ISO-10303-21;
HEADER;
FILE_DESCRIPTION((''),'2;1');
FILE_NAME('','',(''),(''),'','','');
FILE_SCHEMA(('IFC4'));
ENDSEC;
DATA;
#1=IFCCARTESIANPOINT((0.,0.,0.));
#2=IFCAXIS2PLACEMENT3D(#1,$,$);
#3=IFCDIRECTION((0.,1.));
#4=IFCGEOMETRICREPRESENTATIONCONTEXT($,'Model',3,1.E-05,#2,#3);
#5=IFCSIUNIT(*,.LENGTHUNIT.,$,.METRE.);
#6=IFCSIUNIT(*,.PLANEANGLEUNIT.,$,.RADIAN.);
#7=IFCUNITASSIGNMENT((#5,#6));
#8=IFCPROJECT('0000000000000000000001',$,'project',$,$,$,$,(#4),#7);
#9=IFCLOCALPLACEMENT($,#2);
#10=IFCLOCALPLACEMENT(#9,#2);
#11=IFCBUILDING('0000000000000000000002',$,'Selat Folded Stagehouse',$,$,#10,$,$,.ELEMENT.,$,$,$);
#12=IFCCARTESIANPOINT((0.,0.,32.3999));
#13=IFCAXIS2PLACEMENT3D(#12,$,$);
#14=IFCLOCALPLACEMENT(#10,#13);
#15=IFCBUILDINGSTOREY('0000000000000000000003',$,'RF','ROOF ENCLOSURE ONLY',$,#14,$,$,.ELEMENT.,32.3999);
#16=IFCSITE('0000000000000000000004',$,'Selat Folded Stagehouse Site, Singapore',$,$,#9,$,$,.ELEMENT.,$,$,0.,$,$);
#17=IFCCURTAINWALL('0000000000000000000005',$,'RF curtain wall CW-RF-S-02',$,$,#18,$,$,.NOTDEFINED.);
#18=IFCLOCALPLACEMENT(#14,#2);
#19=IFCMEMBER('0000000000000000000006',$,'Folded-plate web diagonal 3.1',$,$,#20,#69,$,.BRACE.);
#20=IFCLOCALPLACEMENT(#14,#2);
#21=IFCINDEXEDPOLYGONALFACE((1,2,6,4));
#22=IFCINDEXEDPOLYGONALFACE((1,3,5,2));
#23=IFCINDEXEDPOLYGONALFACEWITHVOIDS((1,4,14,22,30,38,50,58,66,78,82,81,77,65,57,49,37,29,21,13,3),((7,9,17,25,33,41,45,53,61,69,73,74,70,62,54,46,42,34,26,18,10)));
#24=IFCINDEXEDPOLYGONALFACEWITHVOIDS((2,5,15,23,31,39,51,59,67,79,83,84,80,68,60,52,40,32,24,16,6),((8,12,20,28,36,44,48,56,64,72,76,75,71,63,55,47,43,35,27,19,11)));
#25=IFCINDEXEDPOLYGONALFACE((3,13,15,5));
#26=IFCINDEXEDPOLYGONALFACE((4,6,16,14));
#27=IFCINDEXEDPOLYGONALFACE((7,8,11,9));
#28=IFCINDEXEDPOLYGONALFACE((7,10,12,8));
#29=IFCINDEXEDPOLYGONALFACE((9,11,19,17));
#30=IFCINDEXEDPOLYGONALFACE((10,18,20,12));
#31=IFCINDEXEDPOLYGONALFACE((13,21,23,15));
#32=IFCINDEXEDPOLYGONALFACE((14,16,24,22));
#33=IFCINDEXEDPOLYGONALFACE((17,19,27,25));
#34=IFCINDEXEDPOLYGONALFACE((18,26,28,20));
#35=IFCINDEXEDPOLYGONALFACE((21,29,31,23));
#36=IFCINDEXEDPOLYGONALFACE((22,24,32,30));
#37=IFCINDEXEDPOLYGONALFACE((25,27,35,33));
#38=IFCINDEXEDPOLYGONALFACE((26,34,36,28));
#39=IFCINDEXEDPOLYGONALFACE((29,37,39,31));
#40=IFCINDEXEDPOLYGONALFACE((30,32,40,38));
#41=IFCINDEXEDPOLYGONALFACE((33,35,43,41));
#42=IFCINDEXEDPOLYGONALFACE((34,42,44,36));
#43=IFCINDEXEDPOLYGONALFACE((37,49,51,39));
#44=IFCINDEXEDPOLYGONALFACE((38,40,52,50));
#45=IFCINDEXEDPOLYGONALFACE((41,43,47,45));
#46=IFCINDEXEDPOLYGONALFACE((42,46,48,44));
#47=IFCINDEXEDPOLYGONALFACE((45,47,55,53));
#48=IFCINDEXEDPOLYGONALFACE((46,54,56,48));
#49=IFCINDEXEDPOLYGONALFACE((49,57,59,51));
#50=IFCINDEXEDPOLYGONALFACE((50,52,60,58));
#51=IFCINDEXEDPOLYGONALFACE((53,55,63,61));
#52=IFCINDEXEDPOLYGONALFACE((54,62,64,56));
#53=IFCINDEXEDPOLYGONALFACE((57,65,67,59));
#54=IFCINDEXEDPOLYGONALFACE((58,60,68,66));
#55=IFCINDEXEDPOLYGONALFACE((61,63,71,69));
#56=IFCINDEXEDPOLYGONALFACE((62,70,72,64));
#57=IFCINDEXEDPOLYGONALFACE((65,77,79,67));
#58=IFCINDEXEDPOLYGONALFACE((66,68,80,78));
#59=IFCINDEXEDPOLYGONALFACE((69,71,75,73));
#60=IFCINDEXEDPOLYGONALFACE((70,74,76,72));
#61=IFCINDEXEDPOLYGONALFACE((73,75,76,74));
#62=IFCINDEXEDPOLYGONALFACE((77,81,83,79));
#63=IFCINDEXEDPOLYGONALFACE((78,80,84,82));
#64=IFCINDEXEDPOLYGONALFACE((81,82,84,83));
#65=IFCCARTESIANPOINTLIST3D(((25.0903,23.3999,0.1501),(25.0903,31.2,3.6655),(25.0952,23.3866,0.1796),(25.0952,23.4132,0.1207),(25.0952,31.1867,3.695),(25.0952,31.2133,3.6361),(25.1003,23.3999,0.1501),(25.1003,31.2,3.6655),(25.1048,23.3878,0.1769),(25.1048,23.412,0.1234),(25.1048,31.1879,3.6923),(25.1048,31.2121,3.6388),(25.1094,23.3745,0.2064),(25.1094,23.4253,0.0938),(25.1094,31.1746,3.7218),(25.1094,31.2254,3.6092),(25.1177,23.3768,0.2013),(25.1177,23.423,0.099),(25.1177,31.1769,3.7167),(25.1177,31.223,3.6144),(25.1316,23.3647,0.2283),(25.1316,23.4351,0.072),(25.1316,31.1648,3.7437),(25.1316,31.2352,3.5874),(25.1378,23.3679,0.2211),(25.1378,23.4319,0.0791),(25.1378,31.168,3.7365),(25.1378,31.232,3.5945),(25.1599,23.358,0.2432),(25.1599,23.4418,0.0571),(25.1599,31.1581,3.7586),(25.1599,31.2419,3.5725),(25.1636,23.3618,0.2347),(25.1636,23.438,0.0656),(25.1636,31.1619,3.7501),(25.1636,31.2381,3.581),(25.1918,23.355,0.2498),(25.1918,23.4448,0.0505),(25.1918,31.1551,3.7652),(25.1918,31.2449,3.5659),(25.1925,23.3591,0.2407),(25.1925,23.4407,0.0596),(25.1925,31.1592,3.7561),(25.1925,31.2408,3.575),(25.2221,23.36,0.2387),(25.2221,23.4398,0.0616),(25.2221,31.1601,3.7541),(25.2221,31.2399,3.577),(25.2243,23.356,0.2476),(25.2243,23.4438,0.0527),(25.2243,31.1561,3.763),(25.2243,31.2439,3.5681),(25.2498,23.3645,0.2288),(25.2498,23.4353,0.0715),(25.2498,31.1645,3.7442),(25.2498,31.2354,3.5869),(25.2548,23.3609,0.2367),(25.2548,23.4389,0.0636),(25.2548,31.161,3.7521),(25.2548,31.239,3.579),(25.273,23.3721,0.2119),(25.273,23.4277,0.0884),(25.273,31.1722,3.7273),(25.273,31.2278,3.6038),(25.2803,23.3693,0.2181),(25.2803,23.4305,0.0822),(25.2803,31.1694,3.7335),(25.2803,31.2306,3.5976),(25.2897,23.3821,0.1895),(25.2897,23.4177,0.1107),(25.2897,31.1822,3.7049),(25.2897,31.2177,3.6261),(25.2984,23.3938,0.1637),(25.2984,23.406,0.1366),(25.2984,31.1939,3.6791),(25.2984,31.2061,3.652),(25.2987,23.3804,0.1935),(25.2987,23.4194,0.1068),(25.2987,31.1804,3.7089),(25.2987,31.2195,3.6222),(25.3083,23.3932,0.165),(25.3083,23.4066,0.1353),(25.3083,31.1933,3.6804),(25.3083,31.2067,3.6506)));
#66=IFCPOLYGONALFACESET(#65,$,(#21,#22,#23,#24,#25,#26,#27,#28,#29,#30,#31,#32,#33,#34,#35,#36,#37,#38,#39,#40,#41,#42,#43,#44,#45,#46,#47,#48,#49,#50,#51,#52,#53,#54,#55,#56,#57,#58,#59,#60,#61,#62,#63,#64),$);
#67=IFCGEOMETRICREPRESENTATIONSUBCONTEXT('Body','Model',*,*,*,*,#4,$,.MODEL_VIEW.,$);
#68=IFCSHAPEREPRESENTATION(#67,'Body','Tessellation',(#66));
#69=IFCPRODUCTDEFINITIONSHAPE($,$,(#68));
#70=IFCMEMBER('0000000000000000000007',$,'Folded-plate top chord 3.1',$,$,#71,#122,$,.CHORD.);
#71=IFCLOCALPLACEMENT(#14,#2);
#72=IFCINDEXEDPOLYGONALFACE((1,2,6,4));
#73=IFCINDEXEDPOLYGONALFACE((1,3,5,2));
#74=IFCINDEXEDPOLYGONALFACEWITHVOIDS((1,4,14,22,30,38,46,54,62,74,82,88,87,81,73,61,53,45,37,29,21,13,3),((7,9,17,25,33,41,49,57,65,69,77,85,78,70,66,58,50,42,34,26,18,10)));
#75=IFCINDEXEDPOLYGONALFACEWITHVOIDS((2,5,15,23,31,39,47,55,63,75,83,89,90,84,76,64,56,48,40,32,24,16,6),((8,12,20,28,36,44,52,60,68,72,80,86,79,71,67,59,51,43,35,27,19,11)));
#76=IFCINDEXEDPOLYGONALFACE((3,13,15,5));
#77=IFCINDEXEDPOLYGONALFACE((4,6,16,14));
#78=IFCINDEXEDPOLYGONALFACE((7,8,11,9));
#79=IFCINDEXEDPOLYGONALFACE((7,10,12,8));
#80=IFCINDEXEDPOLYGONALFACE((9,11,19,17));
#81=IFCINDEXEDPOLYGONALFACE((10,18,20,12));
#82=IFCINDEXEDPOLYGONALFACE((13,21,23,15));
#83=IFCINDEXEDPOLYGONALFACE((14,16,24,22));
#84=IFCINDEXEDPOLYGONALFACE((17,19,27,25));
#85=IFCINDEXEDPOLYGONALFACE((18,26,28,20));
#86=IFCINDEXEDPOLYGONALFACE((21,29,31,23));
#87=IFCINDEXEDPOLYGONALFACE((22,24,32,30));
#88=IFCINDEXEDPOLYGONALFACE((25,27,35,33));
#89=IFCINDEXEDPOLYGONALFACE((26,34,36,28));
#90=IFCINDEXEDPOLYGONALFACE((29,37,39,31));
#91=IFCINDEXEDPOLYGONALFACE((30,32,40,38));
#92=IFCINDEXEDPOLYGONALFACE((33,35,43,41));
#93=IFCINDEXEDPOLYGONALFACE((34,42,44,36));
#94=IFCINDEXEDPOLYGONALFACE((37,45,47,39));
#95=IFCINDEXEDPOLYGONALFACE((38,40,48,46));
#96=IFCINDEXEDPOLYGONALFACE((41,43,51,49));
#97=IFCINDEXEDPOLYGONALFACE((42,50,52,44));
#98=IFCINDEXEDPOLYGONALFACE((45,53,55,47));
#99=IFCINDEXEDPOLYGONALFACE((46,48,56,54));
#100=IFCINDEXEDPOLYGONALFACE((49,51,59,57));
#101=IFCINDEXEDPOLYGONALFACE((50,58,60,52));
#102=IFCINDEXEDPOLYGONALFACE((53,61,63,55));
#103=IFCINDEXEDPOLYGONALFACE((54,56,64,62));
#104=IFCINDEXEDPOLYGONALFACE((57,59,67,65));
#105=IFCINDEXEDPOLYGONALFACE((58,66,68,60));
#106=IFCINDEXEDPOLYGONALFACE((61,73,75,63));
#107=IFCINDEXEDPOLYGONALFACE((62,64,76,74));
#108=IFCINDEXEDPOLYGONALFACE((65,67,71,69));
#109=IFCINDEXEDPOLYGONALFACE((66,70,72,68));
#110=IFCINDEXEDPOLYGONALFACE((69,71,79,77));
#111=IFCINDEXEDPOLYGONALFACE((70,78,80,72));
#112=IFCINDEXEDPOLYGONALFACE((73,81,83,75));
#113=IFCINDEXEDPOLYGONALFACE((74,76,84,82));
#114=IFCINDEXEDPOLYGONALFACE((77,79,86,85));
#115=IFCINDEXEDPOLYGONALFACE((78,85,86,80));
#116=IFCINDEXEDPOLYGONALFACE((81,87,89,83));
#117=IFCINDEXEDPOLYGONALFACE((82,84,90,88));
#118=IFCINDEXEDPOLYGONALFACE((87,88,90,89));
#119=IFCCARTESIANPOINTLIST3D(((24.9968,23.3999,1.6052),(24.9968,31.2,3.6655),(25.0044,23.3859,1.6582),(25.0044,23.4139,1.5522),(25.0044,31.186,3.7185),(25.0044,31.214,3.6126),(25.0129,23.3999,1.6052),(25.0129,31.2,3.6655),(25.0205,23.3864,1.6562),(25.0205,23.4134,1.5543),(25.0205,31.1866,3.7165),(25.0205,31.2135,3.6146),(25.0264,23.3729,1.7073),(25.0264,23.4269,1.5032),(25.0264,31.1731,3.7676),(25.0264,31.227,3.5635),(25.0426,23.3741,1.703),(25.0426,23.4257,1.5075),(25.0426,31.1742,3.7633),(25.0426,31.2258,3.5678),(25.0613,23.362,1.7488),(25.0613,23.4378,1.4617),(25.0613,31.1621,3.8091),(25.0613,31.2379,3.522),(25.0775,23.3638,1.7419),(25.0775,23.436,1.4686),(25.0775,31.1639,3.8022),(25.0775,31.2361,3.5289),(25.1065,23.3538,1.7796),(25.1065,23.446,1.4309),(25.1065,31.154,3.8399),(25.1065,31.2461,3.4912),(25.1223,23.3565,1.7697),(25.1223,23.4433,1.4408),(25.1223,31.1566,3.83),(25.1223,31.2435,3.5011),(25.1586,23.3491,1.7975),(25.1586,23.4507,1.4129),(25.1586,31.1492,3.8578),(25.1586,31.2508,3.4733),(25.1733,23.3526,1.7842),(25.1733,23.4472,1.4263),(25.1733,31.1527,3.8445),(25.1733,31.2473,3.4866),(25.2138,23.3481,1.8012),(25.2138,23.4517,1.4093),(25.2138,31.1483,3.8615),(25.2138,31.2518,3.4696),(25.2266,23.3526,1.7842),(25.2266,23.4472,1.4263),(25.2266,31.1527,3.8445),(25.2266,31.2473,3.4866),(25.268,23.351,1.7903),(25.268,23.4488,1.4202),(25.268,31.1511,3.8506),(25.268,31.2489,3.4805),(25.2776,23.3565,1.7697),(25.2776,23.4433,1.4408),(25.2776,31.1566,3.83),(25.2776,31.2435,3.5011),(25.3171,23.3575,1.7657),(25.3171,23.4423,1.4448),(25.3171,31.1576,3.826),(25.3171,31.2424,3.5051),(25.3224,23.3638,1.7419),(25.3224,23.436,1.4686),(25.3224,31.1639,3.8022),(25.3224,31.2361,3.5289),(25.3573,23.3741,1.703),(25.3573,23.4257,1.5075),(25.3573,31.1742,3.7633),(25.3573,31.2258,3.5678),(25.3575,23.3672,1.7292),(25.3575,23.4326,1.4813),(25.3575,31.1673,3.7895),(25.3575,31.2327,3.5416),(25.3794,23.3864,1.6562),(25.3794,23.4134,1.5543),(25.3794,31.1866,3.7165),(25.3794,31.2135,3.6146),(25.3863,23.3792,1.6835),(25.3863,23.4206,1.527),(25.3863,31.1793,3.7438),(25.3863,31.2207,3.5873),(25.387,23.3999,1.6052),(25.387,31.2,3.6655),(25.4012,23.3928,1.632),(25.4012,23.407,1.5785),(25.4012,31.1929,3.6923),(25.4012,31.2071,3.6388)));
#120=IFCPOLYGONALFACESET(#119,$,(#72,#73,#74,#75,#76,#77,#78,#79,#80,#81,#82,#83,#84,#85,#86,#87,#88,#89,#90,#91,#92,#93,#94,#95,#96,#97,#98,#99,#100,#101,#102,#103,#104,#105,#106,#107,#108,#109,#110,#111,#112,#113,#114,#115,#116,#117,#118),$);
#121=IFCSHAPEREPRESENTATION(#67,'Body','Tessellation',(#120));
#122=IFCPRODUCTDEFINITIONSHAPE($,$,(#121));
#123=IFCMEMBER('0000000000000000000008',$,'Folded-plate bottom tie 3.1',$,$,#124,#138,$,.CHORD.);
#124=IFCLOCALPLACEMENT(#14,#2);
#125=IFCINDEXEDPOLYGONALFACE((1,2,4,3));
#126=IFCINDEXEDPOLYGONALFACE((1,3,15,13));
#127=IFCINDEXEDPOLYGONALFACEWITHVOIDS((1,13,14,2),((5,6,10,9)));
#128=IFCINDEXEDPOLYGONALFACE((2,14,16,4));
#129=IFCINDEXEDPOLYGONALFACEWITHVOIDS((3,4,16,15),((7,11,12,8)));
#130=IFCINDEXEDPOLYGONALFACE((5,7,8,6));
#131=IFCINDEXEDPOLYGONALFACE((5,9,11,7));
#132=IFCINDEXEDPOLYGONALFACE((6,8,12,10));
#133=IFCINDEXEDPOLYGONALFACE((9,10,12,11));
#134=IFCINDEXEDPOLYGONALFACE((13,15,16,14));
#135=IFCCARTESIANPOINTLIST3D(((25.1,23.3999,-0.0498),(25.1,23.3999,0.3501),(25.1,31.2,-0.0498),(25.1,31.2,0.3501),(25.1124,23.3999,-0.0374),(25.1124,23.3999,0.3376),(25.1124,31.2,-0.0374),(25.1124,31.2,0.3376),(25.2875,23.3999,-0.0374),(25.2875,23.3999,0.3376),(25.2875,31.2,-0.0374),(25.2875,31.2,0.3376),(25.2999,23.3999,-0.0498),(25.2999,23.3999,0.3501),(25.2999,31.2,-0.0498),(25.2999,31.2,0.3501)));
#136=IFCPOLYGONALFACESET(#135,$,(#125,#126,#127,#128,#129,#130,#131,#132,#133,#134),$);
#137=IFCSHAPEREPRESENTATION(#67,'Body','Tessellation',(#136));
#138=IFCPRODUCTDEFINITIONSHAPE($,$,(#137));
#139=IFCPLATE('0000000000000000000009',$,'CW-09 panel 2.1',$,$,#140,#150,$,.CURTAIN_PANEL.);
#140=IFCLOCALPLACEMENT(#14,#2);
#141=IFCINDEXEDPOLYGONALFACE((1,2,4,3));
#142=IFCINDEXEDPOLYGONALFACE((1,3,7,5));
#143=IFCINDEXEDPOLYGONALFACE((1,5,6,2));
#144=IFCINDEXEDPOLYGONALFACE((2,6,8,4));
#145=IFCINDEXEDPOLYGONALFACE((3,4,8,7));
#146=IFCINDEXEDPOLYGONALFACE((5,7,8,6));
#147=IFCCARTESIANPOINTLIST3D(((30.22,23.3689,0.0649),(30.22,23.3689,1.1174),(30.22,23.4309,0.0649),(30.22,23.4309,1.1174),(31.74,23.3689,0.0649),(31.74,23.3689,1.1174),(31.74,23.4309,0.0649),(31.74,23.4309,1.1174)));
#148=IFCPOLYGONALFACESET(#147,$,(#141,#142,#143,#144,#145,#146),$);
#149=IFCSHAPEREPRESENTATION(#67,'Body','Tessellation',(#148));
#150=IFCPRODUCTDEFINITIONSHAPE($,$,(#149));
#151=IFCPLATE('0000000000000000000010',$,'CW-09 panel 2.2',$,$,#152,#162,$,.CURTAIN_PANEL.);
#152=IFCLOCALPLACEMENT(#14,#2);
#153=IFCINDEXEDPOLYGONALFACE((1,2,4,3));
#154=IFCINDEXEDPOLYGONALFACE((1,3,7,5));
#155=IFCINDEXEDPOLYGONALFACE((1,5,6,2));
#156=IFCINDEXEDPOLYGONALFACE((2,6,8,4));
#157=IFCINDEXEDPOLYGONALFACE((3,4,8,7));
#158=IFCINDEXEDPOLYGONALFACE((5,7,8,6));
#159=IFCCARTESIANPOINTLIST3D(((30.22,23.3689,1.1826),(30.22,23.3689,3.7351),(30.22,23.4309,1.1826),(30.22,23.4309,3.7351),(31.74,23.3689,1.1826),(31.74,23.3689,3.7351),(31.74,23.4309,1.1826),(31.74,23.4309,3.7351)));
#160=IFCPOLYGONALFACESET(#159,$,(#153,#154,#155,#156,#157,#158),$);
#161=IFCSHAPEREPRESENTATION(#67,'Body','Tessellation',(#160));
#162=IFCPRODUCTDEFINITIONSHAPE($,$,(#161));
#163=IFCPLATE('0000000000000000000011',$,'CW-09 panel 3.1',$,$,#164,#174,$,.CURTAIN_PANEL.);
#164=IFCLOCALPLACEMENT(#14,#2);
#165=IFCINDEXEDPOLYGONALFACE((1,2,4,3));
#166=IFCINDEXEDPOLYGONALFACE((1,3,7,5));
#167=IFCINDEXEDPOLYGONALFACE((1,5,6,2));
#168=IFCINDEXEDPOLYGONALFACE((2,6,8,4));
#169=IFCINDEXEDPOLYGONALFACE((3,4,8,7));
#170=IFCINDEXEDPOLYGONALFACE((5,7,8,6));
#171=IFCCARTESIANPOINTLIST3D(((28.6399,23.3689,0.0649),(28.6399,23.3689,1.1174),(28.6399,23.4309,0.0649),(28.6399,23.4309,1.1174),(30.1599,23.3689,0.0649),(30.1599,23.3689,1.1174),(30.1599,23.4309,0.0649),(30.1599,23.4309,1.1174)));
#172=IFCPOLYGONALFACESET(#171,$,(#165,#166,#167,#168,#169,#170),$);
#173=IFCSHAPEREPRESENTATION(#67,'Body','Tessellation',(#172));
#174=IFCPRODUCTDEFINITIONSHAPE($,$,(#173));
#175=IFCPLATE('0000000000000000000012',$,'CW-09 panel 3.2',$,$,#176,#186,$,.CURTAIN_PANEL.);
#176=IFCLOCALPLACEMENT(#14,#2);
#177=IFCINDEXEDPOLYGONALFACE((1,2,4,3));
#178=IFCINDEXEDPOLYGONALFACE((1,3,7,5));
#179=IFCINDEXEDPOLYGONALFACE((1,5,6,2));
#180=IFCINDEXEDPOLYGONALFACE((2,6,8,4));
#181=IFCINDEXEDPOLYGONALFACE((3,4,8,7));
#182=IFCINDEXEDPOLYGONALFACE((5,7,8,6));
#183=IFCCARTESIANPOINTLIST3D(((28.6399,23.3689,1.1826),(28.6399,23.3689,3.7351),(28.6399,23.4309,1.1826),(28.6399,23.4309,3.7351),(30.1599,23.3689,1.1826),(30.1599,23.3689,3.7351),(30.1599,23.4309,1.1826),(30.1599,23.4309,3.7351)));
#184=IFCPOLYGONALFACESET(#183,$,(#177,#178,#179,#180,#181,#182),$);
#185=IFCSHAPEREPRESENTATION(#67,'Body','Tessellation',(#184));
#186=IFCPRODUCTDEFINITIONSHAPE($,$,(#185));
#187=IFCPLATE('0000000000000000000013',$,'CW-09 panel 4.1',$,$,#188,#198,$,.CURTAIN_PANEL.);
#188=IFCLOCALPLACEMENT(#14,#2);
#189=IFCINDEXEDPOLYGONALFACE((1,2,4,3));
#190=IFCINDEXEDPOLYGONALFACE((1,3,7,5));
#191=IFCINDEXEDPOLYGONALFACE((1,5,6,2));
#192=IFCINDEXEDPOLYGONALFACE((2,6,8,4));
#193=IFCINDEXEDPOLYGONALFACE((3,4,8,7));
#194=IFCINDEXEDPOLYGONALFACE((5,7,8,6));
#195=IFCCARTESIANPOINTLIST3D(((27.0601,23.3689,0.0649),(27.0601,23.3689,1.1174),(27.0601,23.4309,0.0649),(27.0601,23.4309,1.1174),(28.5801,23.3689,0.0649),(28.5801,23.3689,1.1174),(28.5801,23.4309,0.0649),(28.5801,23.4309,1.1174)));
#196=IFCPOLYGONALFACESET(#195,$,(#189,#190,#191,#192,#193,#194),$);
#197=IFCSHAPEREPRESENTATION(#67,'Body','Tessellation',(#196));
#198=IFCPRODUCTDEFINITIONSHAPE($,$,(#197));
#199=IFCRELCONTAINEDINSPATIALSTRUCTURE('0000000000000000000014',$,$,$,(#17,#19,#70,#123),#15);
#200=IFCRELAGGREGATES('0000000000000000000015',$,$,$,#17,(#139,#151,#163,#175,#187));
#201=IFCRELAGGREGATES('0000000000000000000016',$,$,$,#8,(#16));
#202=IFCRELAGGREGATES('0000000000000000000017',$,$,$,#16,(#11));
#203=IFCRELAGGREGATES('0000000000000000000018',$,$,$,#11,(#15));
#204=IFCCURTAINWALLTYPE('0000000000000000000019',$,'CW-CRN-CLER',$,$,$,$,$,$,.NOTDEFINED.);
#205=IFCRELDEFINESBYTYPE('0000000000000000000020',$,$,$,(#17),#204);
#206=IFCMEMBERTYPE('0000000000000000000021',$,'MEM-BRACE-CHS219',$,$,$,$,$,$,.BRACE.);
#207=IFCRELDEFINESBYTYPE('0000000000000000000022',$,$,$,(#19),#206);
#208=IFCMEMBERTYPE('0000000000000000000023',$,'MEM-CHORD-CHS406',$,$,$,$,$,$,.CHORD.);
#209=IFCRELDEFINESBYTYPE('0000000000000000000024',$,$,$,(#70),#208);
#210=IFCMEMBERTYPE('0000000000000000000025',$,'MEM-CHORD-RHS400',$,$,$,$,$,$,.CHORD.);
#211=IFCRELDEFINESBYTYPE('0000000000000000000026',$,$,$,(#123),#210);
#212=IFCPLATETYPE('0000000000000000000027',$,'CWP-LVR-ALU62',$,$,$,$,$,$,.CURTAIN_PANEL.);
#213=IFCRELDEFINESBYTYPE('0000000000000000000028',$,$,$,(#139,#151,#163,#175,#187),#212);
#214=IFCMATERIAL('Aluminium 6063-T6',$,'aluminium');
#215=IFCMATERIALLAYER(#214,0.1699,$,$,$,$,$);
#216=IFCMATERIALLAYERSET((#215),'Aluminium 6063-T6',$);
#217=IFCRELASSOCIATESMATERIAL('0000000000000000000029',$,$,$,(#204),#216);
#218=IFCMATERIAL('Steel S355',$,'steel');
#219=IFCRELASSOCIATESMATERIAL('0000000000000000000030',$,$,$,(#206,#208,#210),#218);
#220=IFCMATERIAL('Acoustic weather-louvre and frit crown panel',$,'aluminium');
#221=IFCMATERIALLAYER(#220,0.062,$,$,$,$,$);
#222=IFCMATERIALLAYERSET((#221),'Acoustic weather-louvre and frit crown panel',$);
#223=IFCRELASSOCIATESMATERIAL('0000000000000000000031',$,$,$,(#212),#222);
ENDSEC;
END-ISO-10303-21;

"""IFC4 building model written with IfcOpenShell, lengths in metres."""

from ifc_helpers import new_model, si_unit, direction, frame, origin, origin_2d, place, context, subcontext, project, spatial, rectangle, hollow_rectangle, hollow_circle, extrude, material, layer, layer_set, material_profile, profile_set, type_object, element, aggregate, save


model = new_model("IFC4")

# Units and contexts
model_context = context("Model", 3, precision=1e-05, world=origin(), true_north=direction((0.0, 1.0)))
body_context = subcontext(model_context, "Body", "Model", "MODEL_VIEW")
ifc_project = project(units=[si_unit("LENGTHUNIT", "METRE"), si_unit("PLANEANGLEUNIT", "RADIAN")], contexts=[model_context])

# Site, building, storey
site_placement = place(None, origin())
site = spatial("IfcSite", under=ifc_project, at=site_placement, Name="Selat Folded Stagehouse Site, Singapore", CompositionType="ELEMENT", RefElevation=0.0)
building_placement = place(site_placement, origin())
building = spatial("IfcBuilding", under=site, at=building_placement, Name="Selat Folded Stagehouse", CompositionType="ELEMENT")
storey_placement = place(building_placement, frame((0.0, 0.0, 32.3999)))
storey = spatial("IfcBuildingStorey", under=building, at=storey_placement, Name="RF", Description="ROOF ENCLOSURE ONLY", CompositionType="ELEMENT", Elevation=32.3999)

# Shared definitions
ifc_material_1 = material(Name="Steel S355", Category="steel")

# Curtain wall
ifc_material_2 = material(Name="Aluminium 6063-T6", Category="aluminium")
ifc_layer_1 = layer(ifc_material_2, 0.1699)
ifc_layer_set_1 = layer_set([ifc_layer_1], Name="Aluminium 6063-T6")
curtain_wall_type = type_object("IfcCurtainWallType", Name="CW-CRN-CLER", PredefinedType="NOTDEFINED", material=ifc_layer_set_1)
curtain_wall_placement = place(storey_placement, origin())
curtain_wall = element("IfcCurtainWall", 1, at=curtain_wall_placement, inside=storey, type_object=curtain_wall_type, Name="RF curtain wall CW-RF-S-02", PredefinedType="NOTDEFINED")

# Members
ifc_material_profile_1 = material_profile(ifc_material_1, hollow_circle(Radius=0.1096, WallThickness=0.01, at=origin_2d()), Name="CHS 219.1x10.0")
ifc_profile_set_1 = profile_set([ifc_material_profile_1], Name="Steel S355")
member_type_1 = type_object("IfcMemberType", Name="MEM-BRACE-CHS219", PredefinedType="BRACE", material=ifc_profile_set_1)
member_1_placement = place(storey_placement, frame((25.2, 23.3999, 0.1501), z_axis=(0.0, 0.911687, 0.410885), x_axis=(-1.0, 0.0, 0.0)))
element("IfcMember", 2, at=member_1_placement, inside=storey, type_object=member_type_1, Name="Folded-plate web diagonal 3.1", PredefinedType="BRACE", context=body_context, shape_type="SweptSolid", body=[
    extrude(hollow_circle(Radius=0.1096, WallThickness=0.01, at=origin_2d()), origin(), (0.0, 0.0, 1.0), 8.5557),
])
ifc_material_profile_2 = material_profile(ifc_material_1, hollow_circle(Radius=0.2031, WallThickness=0.0161, at=origin_2d()), Name="CHS 406.4x16.0")
ifc_profile_set_2 = profile_set([ifc_material_profile_2], Name="Steel S355")
member_type_2 = type_object("IfcMemberType", Name="MEM-CHORD-CHS406", PredefinedType="CHORD", material=ifc_profile_set_2)
member_2_placement = place(storey_placement, frame((25.2, 23.3999, 1.6052), z_axis=(0.0, 0.966841, 0.255381), x_axis=(-1.0, 0.0, 0.0)))
element("IfcMember", 3, at=member_2_placement, inside=storey, type_object=member_type_2, Name="Folded-plate top chord 3.1", PredefinedType="CHORD", context=body_context, shape_type="SweptSolid", body=[
    extrude(hollow_circle(Radius=0.2031, WallThickness=0.0161, at=origin_2d()), origin(), (0.0, 0.0, 1.0), 8.0676),
])
ifc_material_profile_3 = material_profile(ifc_material_1, hollow_rectangle(XDim=0.2, YDim=0.3999, WallThickness=0.0125, at=origin_2d()), Name="RHS 400x200x12.5")
ifc_profile_set_3 = profile_set([ifc_material_profile_3], Name="Steel S355")
member_type_3 = type_object("IfcMemberType", Name="MEM-CHORD-RHS400", PredefinedType="CHORD", material=ifc_profile_set_3)
member_3_placement = place(storey_placement, frame((25.2, 23.3999, 0.1501), z_axis=(0.0, 1.0, 0.0), x_axis=(-1.0, 0.0, 0.0)))
element("IfcMember", 4, at=member_3_placement, inside=storey, type_object=member_type_3, Name="Folded-plate bottom tie 3.1", PredefinedType="CHORD", context=body_context, shape_type="SweptSolid", body=[
    extrude(hollow_rectangle(XDim=0.2, YDim=0.3999, WallThickness=0.0125, at=origin_2d()), origin(), (0.0, 0.0, 1.0), 7.8),
])

# Plates
ifc_material_3 = material(Name="Acoustic weather-louvre and frit crown panel", Category="aluminium")
ifc_layer_2 = layer(ifc_material_3, 0.062)
ifc_layer_set_2 = layer_set([ifc_layer_2], Name="Acoustic weather-louvre and frit crown panel")
plate_type_1 = type_object("IfcPlateType", Name="CWP-LVR-ALU62", PredefinedType="CURTAIN_PANEL", material=ifc_layer_set_2)
plate_1_placement = place(storey_placement, frame((30.98, 23.3999, 0.0649), z_axis=(0.0, 0.0, 1.0), x_axis=(-1.0, 0.0, 0.0)))
plate_1 = element("IfcPlate", 5, at=plate_1_placement, type_object=plate_type_1, Name="CW-09 panel 2.1", PredefinedType="CURTAIN_PANEL", context=body_context, shape_type="SweptSolid", body=[
    extrude(rectangle(XDim=1.52, YDim=0.062, at=origin_2d()), origin(), (0.0, 0.0, 1.0), 1.0525),
])
plate_2_placement = place(storey_placement, frame((30.98, 23.3999, 1.1826), z_axis=(0.0, 0.0, 1.0), x_axis=(-1.0, 0.0, 0.0)))
plate_2 = element("IfcPlate", 6, at=plate_2_placement, type_object=plate_type_1, Name="CW-09 panel 2.2", PredefinedType="CURTAIN_PANEL", context=body_context, shape_type="SweptSolid", body=[
    extrude(rectangle(XDim=1.52, YDim=0.062, at=origin_2d()), origin(), (0.0, 0.0, 1.0), 2.5525),
])
plate_3_placement = place(storey_placement, frame((29.3999, 23.3999, 0.0649), z_axis=(0.0, 0.0, 1.0), x_axis=(-1.0, 0.0, 0.0)))
plate_3 = element("IfcPlate", 7, at=plate_3_placement, type_object=plate_type_1, Name="CW-09 panel 3.1", PredefinedType="CURTAIN_PANEL", context=body_context, shape_type="SweptSolid", body=[
    extrude(rectangle(XDim=1.52, YDim=0.062, at=origin_2d()), origin(), (0.0, 0.0, 1.0), 1.0525),
])
plate_4_placement = place(storey_placement, frame((29.3999, 23.3999, 1.1826), z_axis=(0.0, 0.0, 1.0), x_axis=(-1.0, 0.0, 0.0)))
plate_4 = element("IfcPlate", 8, at=plate_4_placement, type_object=plate_type_1, Name="CW-09 panel 3.2", PredefinedType="CURTAIN_PANEL", context=body_context, shape_type="SweptSolid", body=[
    extrude(rectangle(XDim=1.52, YDim=0.062, at=origin_2d()), origin(), (0.0, 0.0, 1.0), 2.5525),
])
plate_5_placement = place(storey_placement, frame((27.8201, 23.3999, 0.0649), z_axis=(0.0, 0.0, 1.0), x_axis=(-1.0, 0.0, 0.0)))
plate_5 = element("IfcPlate", 9, at=plate_5_placement, type_object=plate_type_1, Name="CW-09 panel 4.1", PredefinedType="CURTAIN_PANEL", context=body_context, shape_type="SweptSolid", body=[
    extrude(rectangle(XDim=1.52, YDim=0.062, at=origin_2d()), origin(), (0.0, 0.0, 1.0), 1.0525),
])
aggregate(curtain_wall, [plate_1, plate_2, plate_3, plate_4, plate_5])

save(model, "model.ifc")
